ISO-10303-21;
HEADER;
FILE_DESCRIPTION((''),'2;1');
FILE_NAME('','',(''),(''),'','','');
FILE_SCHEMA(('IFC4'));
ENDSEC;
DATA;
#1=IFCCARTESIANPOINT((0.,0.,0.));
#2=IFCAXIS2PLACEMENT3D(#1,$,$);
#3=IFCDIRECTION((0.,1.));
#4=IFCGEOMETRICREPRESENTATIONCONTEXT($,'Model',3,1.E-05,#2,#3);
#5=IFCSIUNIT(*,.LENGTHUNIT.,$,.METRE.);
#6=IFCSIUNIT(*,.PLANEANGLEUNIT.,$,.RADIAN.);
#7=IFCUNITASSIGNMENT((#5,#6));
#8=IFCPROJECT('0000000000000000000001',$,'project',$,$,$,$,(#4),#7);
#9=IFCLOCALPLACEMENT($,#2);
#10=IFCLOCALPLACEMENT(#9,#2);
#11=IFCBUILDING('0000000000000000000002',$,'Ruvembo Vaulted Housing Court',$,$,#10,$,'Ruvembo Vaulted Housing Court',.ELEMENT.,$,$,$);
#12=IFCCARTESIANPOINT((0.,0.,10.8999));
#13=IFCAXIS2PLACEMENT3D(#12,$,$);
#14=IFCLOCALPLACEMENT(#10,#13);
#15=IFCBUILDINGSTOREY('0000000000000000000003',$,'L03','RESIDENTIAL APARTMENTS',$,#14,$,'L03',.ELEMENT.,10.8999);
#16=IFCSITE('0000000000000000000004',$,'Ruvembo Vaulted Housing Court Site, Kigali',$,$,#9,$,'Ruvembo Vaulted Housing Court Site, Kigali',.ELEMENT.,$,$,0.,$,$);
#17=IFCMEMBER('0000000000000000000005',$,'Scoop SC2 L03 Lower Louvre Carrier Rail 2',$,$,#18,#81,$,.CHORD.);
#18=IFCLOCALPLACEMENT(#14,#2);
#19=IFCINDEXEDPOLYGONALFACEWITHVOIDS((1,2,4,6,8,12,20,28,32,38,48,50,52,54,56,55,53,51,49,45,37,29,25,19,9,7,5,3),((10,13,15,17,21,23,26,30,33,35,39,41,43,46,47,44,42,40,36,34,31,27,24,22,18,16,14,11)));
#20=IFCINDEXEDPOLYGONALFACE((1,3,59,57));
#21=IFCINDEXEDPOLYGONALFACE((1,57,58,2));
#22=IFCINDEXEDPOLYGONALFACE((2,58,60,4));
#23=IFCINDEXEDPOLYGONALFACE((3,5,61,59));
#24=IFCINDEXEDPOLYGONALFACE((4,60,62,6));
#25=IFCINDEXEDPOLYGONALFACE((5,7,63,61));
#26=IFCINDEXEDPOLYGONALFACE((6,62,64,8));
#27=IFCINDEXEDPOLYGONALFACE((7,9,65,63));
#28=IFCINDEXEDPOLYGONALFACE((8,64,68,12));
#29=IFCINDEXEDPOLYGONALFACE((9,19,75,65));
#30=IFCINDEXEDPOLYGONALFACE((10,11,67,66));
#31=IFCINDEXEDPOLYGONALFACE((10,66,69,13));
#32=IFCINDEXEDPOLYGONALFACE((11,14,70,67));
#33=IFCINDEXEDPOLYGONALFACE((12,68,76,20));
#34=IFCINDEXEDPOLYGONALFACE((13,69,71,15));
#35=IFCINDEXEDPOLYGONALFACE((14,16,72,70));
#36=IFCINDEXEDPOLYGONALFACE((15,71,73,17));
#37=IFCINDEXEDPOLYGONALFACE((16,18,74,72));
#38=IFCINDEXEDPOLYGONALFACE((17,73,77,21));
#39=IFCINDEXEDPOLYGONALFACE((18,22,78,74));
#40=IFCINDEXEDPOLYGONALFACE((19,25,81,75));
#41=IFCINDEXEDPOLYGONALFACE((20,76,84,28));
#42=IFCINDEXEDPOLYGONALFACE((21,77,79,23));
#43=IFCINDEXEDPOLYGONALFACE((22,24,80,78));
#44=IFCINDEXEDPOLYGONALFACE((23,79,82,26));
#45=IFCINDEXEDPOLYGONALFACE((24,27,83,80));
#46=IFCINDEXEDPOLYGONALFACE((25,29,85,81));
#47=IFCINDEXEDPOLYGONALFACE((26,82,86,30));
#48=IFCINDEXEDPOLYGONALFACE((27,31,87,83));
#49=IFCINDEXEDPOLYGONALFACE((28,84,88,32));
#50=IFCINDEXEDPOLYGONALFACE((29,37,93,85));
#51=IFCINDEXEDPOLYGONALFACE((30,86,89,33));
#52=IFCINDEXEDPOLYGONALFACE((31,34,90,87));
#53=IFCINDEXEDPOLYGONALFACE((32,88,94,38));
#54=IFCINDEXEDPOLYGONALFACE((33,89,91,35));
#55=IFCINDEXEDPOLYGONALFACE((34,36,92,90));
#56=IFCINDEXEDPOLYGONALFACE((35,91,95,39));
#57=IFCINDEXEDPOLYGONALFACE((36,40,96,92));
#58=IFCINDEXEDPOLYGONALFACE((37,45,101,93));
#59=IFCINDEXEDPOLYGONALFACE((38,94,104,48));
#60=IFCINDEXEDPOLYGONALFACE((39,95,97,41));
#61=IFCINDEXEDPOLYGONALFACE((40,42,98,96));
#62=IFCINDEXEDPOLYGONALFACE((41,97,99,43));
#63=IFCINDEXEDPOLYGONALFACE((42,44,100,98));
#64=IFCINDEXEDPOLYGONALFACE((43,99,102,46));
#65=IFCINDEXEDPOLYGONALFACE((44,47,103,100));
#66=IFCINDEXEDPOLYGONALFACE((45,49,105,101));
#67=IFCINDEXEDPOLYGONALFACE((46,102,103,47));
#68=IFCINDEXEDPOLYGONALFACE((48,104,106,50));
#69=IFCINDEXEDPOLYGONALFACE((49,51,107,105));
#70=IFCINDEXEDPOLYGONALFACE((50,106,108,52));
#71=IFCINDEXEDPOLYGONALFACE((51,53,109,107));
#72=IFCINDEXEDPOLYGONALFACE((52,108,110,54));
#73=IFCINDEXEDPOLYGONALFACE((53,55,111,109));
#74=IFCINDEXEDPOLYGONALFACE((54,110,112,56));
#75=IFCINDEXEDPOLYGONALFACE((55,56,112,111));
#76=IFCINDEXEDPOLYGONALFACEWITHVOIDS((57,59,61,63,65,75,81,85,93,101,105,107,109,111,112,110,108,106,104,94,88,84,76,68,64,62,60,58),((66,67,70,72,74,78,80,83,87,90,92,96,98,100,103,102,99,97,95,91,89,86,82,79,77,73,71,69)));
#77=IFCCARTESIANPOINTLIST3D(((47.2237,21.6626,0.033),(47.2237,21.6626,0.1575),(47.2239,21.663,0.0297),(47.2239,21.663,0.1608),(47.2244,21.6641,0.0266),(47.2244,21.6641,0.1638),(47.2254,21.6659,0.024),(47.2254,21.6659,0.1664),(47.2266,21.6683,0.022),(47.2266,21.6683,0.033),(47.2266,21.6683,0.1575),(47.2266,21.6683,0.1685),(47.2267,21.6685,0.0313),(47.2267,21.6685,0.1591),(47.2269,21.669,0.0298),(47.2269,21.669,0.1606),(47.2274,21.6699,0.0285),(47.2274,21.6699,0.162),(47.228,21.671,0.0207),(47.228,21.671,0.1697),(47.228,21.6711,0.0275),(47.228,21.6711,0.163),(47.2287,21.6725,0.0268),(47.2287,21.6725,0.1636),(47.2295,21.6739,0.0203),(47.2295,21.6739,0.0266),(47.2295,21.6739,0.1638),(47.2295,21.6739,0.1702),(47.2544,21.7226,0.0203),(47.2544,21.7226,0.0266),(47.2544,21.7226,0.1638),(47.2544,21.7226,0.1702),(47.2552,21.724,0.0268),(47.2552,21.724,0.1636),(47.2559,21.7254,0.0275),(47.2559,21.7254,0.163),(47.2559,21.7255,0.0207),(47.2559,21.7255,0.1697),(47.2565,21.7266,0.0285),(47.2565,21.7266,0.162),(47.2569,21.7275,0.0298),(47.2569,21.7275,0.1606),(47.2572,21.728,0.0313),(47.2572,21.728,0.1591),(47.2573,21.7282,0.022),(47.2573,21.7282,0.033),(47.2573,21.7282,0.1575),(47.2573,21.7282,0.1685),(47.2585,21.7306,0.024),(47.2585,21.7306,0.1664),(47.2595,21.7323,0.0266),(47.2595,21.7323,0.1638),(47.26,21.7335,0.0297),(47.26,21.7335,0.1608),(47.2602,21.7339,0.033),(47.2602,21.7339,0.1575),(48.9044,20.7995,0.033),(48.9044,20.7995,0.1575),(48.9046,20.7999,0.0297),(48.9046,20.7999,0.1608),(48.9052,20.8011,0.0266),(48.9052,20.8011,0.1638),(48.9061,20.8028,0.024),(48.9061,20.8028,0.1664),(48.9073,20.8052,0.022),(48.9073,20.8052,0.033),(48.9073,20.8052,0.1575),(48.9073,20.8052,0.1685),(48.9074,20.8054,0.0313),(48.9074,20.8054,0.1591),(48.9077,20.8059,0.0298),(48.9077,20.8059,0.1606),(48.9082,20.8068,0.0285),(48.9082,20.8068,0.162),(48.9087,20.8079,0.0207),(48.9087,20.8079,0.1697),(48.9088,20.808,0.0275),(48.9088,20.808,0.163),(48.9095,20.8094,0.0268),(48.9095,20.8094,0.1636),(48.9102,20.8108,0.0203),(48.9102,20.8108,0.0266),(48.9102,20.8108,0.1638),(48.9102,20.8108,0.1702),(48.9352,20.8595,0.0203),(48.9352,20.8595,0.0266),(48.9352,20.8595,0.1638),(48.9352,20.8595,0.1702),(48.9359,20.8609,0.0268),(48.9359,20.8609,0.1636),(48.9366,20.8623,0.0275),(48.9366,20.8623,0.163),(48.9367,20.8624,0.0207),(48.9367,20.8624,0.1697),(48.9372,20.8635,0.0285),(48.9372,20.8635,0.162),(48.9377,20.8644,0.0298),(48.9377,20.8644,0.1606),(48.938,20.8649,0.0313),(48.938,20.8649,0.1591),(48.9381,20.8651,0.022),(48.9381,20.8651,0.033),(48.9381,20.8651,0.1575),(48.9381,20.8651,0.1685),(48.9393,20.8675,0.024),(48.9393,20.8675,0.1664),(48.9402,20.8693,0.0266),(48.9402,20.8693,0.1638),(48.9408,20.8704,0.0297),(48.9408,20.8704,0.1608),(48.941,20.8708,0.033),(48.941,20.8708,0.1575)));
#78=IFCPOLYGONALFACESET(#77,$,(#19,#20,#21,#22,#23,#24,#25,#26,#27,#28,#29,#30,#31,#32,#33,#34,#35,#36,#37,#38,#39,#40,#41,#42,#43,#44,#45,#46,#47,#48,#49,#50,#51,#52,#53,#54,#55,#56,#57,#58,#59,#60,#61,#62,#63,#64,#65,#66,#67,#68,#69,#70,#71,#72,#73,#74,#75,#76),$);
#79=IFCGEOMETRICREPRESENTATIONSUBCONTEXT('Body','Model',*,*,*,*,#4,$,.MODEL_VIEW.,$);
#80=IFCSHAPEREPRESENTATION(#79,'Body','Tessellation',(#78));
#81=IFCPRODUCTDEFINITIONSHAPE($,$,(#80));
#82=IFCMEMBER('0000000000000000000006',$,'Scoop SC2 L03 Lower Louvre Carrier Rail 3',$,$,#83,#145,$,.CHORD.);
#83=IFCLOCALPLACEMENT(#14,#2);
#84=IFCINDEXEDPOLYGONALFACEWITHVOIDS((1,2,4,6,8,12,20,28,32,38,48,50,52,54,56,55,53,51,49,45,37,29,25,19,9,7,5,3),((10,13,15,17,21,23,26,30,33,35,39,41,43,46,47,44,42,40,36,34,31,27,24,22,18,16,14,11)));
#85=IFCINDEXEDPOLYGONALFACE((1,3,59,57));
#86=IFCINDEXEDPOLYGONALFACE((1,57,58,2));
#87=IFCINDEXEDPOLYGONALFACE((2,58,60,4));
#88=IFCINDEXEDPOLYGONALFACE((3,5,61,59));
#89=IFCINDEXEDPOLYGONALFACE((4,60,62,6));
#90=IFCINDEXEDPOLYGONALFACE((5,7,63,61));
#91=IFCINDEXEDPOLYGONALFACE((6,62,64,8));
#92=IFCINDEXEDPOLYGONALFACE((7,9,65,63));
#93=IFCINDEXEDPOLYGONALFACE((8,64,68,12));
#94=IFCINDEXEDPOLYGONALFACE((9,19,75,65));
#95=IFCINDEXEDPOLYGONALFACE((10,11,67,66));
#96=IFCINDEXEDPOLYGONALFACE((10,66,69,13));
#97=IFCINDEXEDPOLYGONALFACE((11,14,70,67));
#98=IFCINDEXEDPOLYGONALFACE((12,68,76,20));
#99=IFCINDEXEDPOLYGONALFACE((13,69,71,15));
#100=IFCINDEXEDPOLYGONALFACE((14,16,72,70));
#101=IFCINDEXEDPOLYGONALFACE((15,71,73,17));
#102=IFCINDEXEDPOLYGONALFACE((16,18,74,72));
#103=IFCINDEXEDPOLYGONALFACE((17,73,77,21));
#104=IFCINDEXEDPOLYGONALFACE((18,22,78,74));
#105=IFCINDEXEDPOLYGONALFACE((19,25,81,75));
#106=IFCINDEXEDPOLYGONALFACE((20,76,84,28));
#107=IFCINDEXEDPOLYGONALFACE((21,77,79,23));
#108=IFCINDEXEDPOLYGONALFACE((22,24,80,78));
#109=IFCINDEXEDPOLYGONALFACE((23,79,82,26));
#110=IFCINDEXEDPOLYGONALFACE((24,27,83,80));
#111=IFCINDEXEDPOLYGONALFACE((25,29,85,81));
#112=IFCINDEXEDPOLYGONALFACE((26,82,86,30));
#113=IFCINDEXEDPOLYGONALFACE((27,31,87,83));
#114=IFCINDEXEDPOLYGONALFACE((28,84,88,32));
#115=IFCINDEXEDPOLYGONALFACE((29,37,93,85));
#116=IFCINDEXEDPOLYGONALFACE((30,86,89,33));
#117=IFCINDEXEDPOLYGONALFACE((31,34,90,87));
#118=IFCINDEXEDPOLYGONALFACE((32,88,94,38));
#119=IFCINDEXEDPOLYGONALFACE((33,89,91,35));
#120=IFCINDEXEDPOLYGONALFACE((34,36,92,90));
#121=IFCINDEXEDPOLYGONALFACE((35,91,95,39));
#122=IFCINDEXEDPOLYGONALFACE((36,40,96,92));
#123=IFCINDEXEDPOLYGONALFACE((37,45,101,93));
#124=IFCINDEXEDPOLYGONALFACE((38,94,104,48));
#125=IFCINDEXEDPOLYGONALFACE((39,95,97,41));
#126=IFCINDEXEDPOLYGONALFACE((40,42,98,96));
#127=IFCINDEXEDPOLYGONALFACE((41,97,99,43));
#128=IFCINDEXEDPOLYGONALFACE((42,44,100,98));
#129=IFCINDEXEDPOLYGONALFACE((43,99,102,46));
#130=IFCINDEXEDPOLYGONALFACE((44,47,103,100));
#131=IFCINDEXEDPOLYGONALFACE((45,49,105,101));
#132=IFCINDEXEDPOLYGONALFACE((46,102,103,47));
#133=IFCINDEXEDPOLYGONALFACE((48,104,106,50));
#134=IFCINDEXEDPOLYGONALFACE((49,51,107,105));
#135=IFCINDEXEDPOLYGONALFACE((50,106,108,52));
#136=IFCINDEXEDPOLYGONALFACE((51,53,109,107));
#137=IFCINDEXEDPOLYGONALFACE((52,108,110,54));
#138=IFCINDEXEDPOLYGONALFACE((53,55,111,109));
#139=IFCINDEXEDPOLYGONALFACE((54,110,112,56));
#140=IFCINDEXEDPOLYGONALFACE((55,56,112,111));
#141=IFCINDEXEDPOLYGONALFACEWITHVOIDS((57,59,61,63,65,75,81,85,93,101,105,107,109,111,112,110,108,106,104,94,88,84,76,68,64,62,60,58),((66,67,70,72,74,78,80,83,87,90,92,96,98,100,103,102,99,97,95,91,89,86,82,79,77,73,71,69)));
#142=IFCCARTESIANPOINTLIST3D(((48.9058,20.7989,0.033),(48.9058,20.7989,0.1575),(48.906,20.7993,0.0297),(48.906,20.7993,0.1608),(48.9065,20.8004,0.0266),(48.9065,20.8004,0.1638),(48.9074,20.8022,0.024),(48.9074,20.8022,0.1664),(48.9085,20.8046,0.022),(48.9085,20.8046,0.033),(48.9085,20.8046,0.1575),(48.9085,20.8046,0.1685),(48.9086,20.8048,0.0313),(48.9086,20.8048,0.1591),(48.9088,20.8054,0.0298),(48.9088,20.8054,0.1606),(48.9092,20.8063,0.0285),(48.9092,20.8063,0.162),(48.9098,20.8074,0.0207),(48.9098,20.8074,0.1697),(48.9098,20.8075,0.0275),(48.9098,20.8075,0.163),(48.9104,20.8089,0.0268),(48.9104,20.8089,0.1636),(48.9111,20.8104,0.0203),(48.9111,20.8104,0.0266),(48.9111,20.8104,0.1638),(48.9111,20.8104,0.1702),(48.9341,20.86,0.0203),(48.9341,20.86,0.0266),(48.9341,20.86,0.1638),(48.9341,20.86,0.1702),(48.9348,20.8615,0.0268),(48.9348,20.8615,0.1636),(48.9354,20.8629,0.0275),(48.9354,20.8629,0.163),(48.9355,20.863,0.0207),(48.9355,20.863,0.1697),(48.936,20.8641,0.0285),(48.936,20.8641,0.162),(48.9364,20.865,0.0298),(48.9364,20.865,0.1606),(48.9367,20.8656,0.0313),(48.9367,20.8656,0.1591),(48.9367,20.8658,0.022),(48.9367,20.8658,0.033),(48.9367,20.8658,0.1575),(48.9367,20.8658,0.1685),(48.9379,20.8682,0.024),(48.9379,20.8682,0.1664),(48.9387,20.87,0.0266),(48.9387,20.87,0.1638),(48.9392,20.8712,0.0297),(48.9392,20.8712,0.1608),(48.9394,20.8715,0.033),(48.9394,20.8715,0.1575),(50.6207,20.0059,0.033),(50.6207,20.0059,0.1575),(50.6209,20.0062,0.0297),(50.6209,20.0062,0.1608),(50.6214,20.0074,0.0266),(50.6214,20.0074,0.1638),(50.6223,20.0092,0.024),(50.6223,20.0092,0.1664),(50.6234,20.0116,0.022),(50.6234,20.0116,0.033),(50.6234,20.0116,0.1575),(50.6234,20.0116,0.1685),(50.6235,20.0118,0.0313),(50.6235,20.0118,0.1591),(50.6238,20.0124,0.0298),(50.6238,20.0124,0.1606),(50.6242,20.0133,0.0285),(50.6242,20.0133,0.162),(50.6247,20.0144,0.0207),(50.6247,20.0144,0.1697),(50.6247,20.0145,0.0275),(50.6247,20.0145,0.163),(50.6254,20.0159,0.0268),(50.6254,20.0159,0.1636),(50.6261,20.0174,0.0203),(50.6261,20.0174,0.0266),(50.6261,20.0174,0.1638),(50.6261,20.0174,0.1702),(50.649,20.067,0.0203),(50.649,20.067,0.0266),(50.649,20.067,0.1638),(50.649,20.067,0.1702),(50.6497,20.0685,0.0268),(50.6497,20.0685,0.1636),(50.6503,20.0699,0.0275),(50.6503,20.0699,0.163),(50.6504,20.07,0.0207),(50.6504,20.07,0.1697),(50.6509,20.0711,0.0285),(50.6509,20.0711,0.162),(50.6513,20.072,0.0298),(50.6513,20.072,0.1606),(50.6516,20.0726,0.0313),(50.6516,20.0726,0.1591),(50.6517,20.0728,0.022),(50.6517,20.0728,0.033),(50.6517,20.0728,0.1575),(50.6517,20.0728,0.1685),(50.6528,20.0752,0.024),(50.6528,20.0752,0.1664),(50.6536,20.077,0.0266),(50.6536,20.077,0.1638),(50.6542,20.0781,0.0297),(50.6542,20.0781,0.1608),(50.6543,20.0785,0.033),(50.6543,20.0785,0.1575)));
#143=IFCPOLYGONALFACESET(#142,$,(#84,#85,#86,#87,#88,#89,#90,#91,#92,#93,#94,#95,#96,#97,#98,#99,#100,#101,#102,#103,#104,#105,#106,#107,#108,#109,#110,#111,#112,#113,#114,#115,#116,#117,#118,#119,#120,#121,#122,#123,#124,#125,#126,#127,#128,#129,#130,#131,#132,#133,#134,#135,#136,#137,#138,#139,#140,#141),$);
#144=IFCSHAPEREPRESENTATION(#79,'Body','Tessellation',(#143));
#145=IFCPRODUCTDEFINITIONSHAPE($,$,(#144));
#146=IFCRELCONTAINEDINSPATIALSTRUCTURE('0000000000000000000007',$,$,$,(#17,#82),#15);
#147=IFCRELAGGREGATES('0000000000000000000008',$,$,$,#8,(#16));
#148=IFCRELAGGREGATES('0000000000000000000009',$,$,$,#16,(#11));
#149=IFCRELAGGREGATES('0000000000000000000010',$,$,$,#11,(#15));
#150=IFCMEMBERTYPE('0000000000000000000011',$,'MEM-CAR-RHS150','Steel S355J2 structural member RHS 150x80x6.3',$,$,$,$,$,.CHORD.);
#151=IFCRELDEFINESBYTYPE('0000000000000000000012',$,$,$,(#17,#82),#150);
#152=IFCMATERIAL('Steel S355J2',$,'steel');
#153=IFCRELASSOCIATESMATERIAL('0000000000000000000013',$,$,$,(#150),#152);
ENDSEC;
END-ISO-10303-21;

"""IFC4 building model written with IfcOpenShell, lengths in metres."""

from ifc_helpers import new_model, si_unit, direction, frame, origin, origin_2d, place, context, subcontext, project, spatial, hollow_rectangle, extrude, material, material_profile, profile_set, type_object, element, save


model = new_model("IFC4")

# Units and contexts
model_context = context("Model", 3, precision=1e-05, world=origin(), true_north=direction((0.0, 1.0)))
body_context = subcontext(model_context, "Body", "Model", "MODEL_VIEW")
ifc_project = project(units=[si_unit("LENGTHUNIT", "METRE"), si_unit("PLANEANGLEUNIT", "RADIAN")], contexts=[model_context])

# Site, building, storey
site_placement = place(None, origin())
site = spatial("IfcSite", under=ifc_project, at=site_placement, Name="Ruvembo Vaulted Housing Court Site, Kigali", LongName="Ruvembo Vaulted Housing Court Site, Kigali", CompositionType="ELEMENT", RefElevation=0.0)
building_placement = place(site_placement, origin())
building = spatial("IfcBuilding", under=site, at=building_placement, Name="Ruvembo Vaulted Housing Court", LongName="Ruvembo Vaulted Housing Court", CompositionType="ELEMENT")
storey_placement = place(building_placement, frame((0.0, 0.0, 10.8999)))
storey = spatial("IfcBuildingStorey", under=building, at=storey_placement, Name="L03", Description="RESIDENTIAL APARTMENTS", LongName="L03", CompositionType="ELEMENT", Elevation=10.8999)

# Shared definitions
ifc_material_1 = material(Name="Steel S355J2", Category="steel")

# Members
ifc_material_profile_1 = material_profile(ifc_material_1, hollow_rectangle(XDim=0.0801, YDim=0.1499, WallThickness=0.0063, InnerFilletRadius=0.0063, OuterFilletRadius=0.0127, at=origin_2d()), Name="RHS 150x80x6.3")
ifc_profile_set_1 = profile_set([ifc_material_profile_1], Name="Steel S355J2")
member_type_1 = type_object("IfcMemberType", Name="MEM-CAR-RHS150", Description="Steel S355J2 structural member RHS 150x80x6.3", PredefinedType="CHORD", material=ifc_profile_set_1)
for number, where, z_axis, x_axis, name in (
    (1, (47.2419, 21.6982, 0.0952), (0.889568, -0.456802, 0.0), (0.456802, 0.889568, 0.0), "Scoop SC2 L03 Lower Louvre Carrier Rail 2"),
    (2, (48.9226, 20.8352, 0.0952), (0.907657, -0.419714, 0.0), (0.419714, 0.907657, 0.0), "Scoop SC2 L03 Lower Louvre Carrier Rail 3"),
):
    element("IfcMember", number, at=place(storey_placement, frame(where, z_axis=z_axis, x_axis=x_axis)), inside=storey, type_object=member_type_1, Name=name, PredefinedType="CHORD", context=body_context, shape_type="SweptSolid", body=[
        extrude(hollow_rectangle(XDim=0.0801, YDim=0.1499, WallThickness=0.0063, InnerFilletRadius=0.0063, OuterFilletRadius=0.0127, at=origin_2d()), origin(), (0.0, 0.0, 1.0), 1.8894),
    ])

save(model, "model.ifc")
